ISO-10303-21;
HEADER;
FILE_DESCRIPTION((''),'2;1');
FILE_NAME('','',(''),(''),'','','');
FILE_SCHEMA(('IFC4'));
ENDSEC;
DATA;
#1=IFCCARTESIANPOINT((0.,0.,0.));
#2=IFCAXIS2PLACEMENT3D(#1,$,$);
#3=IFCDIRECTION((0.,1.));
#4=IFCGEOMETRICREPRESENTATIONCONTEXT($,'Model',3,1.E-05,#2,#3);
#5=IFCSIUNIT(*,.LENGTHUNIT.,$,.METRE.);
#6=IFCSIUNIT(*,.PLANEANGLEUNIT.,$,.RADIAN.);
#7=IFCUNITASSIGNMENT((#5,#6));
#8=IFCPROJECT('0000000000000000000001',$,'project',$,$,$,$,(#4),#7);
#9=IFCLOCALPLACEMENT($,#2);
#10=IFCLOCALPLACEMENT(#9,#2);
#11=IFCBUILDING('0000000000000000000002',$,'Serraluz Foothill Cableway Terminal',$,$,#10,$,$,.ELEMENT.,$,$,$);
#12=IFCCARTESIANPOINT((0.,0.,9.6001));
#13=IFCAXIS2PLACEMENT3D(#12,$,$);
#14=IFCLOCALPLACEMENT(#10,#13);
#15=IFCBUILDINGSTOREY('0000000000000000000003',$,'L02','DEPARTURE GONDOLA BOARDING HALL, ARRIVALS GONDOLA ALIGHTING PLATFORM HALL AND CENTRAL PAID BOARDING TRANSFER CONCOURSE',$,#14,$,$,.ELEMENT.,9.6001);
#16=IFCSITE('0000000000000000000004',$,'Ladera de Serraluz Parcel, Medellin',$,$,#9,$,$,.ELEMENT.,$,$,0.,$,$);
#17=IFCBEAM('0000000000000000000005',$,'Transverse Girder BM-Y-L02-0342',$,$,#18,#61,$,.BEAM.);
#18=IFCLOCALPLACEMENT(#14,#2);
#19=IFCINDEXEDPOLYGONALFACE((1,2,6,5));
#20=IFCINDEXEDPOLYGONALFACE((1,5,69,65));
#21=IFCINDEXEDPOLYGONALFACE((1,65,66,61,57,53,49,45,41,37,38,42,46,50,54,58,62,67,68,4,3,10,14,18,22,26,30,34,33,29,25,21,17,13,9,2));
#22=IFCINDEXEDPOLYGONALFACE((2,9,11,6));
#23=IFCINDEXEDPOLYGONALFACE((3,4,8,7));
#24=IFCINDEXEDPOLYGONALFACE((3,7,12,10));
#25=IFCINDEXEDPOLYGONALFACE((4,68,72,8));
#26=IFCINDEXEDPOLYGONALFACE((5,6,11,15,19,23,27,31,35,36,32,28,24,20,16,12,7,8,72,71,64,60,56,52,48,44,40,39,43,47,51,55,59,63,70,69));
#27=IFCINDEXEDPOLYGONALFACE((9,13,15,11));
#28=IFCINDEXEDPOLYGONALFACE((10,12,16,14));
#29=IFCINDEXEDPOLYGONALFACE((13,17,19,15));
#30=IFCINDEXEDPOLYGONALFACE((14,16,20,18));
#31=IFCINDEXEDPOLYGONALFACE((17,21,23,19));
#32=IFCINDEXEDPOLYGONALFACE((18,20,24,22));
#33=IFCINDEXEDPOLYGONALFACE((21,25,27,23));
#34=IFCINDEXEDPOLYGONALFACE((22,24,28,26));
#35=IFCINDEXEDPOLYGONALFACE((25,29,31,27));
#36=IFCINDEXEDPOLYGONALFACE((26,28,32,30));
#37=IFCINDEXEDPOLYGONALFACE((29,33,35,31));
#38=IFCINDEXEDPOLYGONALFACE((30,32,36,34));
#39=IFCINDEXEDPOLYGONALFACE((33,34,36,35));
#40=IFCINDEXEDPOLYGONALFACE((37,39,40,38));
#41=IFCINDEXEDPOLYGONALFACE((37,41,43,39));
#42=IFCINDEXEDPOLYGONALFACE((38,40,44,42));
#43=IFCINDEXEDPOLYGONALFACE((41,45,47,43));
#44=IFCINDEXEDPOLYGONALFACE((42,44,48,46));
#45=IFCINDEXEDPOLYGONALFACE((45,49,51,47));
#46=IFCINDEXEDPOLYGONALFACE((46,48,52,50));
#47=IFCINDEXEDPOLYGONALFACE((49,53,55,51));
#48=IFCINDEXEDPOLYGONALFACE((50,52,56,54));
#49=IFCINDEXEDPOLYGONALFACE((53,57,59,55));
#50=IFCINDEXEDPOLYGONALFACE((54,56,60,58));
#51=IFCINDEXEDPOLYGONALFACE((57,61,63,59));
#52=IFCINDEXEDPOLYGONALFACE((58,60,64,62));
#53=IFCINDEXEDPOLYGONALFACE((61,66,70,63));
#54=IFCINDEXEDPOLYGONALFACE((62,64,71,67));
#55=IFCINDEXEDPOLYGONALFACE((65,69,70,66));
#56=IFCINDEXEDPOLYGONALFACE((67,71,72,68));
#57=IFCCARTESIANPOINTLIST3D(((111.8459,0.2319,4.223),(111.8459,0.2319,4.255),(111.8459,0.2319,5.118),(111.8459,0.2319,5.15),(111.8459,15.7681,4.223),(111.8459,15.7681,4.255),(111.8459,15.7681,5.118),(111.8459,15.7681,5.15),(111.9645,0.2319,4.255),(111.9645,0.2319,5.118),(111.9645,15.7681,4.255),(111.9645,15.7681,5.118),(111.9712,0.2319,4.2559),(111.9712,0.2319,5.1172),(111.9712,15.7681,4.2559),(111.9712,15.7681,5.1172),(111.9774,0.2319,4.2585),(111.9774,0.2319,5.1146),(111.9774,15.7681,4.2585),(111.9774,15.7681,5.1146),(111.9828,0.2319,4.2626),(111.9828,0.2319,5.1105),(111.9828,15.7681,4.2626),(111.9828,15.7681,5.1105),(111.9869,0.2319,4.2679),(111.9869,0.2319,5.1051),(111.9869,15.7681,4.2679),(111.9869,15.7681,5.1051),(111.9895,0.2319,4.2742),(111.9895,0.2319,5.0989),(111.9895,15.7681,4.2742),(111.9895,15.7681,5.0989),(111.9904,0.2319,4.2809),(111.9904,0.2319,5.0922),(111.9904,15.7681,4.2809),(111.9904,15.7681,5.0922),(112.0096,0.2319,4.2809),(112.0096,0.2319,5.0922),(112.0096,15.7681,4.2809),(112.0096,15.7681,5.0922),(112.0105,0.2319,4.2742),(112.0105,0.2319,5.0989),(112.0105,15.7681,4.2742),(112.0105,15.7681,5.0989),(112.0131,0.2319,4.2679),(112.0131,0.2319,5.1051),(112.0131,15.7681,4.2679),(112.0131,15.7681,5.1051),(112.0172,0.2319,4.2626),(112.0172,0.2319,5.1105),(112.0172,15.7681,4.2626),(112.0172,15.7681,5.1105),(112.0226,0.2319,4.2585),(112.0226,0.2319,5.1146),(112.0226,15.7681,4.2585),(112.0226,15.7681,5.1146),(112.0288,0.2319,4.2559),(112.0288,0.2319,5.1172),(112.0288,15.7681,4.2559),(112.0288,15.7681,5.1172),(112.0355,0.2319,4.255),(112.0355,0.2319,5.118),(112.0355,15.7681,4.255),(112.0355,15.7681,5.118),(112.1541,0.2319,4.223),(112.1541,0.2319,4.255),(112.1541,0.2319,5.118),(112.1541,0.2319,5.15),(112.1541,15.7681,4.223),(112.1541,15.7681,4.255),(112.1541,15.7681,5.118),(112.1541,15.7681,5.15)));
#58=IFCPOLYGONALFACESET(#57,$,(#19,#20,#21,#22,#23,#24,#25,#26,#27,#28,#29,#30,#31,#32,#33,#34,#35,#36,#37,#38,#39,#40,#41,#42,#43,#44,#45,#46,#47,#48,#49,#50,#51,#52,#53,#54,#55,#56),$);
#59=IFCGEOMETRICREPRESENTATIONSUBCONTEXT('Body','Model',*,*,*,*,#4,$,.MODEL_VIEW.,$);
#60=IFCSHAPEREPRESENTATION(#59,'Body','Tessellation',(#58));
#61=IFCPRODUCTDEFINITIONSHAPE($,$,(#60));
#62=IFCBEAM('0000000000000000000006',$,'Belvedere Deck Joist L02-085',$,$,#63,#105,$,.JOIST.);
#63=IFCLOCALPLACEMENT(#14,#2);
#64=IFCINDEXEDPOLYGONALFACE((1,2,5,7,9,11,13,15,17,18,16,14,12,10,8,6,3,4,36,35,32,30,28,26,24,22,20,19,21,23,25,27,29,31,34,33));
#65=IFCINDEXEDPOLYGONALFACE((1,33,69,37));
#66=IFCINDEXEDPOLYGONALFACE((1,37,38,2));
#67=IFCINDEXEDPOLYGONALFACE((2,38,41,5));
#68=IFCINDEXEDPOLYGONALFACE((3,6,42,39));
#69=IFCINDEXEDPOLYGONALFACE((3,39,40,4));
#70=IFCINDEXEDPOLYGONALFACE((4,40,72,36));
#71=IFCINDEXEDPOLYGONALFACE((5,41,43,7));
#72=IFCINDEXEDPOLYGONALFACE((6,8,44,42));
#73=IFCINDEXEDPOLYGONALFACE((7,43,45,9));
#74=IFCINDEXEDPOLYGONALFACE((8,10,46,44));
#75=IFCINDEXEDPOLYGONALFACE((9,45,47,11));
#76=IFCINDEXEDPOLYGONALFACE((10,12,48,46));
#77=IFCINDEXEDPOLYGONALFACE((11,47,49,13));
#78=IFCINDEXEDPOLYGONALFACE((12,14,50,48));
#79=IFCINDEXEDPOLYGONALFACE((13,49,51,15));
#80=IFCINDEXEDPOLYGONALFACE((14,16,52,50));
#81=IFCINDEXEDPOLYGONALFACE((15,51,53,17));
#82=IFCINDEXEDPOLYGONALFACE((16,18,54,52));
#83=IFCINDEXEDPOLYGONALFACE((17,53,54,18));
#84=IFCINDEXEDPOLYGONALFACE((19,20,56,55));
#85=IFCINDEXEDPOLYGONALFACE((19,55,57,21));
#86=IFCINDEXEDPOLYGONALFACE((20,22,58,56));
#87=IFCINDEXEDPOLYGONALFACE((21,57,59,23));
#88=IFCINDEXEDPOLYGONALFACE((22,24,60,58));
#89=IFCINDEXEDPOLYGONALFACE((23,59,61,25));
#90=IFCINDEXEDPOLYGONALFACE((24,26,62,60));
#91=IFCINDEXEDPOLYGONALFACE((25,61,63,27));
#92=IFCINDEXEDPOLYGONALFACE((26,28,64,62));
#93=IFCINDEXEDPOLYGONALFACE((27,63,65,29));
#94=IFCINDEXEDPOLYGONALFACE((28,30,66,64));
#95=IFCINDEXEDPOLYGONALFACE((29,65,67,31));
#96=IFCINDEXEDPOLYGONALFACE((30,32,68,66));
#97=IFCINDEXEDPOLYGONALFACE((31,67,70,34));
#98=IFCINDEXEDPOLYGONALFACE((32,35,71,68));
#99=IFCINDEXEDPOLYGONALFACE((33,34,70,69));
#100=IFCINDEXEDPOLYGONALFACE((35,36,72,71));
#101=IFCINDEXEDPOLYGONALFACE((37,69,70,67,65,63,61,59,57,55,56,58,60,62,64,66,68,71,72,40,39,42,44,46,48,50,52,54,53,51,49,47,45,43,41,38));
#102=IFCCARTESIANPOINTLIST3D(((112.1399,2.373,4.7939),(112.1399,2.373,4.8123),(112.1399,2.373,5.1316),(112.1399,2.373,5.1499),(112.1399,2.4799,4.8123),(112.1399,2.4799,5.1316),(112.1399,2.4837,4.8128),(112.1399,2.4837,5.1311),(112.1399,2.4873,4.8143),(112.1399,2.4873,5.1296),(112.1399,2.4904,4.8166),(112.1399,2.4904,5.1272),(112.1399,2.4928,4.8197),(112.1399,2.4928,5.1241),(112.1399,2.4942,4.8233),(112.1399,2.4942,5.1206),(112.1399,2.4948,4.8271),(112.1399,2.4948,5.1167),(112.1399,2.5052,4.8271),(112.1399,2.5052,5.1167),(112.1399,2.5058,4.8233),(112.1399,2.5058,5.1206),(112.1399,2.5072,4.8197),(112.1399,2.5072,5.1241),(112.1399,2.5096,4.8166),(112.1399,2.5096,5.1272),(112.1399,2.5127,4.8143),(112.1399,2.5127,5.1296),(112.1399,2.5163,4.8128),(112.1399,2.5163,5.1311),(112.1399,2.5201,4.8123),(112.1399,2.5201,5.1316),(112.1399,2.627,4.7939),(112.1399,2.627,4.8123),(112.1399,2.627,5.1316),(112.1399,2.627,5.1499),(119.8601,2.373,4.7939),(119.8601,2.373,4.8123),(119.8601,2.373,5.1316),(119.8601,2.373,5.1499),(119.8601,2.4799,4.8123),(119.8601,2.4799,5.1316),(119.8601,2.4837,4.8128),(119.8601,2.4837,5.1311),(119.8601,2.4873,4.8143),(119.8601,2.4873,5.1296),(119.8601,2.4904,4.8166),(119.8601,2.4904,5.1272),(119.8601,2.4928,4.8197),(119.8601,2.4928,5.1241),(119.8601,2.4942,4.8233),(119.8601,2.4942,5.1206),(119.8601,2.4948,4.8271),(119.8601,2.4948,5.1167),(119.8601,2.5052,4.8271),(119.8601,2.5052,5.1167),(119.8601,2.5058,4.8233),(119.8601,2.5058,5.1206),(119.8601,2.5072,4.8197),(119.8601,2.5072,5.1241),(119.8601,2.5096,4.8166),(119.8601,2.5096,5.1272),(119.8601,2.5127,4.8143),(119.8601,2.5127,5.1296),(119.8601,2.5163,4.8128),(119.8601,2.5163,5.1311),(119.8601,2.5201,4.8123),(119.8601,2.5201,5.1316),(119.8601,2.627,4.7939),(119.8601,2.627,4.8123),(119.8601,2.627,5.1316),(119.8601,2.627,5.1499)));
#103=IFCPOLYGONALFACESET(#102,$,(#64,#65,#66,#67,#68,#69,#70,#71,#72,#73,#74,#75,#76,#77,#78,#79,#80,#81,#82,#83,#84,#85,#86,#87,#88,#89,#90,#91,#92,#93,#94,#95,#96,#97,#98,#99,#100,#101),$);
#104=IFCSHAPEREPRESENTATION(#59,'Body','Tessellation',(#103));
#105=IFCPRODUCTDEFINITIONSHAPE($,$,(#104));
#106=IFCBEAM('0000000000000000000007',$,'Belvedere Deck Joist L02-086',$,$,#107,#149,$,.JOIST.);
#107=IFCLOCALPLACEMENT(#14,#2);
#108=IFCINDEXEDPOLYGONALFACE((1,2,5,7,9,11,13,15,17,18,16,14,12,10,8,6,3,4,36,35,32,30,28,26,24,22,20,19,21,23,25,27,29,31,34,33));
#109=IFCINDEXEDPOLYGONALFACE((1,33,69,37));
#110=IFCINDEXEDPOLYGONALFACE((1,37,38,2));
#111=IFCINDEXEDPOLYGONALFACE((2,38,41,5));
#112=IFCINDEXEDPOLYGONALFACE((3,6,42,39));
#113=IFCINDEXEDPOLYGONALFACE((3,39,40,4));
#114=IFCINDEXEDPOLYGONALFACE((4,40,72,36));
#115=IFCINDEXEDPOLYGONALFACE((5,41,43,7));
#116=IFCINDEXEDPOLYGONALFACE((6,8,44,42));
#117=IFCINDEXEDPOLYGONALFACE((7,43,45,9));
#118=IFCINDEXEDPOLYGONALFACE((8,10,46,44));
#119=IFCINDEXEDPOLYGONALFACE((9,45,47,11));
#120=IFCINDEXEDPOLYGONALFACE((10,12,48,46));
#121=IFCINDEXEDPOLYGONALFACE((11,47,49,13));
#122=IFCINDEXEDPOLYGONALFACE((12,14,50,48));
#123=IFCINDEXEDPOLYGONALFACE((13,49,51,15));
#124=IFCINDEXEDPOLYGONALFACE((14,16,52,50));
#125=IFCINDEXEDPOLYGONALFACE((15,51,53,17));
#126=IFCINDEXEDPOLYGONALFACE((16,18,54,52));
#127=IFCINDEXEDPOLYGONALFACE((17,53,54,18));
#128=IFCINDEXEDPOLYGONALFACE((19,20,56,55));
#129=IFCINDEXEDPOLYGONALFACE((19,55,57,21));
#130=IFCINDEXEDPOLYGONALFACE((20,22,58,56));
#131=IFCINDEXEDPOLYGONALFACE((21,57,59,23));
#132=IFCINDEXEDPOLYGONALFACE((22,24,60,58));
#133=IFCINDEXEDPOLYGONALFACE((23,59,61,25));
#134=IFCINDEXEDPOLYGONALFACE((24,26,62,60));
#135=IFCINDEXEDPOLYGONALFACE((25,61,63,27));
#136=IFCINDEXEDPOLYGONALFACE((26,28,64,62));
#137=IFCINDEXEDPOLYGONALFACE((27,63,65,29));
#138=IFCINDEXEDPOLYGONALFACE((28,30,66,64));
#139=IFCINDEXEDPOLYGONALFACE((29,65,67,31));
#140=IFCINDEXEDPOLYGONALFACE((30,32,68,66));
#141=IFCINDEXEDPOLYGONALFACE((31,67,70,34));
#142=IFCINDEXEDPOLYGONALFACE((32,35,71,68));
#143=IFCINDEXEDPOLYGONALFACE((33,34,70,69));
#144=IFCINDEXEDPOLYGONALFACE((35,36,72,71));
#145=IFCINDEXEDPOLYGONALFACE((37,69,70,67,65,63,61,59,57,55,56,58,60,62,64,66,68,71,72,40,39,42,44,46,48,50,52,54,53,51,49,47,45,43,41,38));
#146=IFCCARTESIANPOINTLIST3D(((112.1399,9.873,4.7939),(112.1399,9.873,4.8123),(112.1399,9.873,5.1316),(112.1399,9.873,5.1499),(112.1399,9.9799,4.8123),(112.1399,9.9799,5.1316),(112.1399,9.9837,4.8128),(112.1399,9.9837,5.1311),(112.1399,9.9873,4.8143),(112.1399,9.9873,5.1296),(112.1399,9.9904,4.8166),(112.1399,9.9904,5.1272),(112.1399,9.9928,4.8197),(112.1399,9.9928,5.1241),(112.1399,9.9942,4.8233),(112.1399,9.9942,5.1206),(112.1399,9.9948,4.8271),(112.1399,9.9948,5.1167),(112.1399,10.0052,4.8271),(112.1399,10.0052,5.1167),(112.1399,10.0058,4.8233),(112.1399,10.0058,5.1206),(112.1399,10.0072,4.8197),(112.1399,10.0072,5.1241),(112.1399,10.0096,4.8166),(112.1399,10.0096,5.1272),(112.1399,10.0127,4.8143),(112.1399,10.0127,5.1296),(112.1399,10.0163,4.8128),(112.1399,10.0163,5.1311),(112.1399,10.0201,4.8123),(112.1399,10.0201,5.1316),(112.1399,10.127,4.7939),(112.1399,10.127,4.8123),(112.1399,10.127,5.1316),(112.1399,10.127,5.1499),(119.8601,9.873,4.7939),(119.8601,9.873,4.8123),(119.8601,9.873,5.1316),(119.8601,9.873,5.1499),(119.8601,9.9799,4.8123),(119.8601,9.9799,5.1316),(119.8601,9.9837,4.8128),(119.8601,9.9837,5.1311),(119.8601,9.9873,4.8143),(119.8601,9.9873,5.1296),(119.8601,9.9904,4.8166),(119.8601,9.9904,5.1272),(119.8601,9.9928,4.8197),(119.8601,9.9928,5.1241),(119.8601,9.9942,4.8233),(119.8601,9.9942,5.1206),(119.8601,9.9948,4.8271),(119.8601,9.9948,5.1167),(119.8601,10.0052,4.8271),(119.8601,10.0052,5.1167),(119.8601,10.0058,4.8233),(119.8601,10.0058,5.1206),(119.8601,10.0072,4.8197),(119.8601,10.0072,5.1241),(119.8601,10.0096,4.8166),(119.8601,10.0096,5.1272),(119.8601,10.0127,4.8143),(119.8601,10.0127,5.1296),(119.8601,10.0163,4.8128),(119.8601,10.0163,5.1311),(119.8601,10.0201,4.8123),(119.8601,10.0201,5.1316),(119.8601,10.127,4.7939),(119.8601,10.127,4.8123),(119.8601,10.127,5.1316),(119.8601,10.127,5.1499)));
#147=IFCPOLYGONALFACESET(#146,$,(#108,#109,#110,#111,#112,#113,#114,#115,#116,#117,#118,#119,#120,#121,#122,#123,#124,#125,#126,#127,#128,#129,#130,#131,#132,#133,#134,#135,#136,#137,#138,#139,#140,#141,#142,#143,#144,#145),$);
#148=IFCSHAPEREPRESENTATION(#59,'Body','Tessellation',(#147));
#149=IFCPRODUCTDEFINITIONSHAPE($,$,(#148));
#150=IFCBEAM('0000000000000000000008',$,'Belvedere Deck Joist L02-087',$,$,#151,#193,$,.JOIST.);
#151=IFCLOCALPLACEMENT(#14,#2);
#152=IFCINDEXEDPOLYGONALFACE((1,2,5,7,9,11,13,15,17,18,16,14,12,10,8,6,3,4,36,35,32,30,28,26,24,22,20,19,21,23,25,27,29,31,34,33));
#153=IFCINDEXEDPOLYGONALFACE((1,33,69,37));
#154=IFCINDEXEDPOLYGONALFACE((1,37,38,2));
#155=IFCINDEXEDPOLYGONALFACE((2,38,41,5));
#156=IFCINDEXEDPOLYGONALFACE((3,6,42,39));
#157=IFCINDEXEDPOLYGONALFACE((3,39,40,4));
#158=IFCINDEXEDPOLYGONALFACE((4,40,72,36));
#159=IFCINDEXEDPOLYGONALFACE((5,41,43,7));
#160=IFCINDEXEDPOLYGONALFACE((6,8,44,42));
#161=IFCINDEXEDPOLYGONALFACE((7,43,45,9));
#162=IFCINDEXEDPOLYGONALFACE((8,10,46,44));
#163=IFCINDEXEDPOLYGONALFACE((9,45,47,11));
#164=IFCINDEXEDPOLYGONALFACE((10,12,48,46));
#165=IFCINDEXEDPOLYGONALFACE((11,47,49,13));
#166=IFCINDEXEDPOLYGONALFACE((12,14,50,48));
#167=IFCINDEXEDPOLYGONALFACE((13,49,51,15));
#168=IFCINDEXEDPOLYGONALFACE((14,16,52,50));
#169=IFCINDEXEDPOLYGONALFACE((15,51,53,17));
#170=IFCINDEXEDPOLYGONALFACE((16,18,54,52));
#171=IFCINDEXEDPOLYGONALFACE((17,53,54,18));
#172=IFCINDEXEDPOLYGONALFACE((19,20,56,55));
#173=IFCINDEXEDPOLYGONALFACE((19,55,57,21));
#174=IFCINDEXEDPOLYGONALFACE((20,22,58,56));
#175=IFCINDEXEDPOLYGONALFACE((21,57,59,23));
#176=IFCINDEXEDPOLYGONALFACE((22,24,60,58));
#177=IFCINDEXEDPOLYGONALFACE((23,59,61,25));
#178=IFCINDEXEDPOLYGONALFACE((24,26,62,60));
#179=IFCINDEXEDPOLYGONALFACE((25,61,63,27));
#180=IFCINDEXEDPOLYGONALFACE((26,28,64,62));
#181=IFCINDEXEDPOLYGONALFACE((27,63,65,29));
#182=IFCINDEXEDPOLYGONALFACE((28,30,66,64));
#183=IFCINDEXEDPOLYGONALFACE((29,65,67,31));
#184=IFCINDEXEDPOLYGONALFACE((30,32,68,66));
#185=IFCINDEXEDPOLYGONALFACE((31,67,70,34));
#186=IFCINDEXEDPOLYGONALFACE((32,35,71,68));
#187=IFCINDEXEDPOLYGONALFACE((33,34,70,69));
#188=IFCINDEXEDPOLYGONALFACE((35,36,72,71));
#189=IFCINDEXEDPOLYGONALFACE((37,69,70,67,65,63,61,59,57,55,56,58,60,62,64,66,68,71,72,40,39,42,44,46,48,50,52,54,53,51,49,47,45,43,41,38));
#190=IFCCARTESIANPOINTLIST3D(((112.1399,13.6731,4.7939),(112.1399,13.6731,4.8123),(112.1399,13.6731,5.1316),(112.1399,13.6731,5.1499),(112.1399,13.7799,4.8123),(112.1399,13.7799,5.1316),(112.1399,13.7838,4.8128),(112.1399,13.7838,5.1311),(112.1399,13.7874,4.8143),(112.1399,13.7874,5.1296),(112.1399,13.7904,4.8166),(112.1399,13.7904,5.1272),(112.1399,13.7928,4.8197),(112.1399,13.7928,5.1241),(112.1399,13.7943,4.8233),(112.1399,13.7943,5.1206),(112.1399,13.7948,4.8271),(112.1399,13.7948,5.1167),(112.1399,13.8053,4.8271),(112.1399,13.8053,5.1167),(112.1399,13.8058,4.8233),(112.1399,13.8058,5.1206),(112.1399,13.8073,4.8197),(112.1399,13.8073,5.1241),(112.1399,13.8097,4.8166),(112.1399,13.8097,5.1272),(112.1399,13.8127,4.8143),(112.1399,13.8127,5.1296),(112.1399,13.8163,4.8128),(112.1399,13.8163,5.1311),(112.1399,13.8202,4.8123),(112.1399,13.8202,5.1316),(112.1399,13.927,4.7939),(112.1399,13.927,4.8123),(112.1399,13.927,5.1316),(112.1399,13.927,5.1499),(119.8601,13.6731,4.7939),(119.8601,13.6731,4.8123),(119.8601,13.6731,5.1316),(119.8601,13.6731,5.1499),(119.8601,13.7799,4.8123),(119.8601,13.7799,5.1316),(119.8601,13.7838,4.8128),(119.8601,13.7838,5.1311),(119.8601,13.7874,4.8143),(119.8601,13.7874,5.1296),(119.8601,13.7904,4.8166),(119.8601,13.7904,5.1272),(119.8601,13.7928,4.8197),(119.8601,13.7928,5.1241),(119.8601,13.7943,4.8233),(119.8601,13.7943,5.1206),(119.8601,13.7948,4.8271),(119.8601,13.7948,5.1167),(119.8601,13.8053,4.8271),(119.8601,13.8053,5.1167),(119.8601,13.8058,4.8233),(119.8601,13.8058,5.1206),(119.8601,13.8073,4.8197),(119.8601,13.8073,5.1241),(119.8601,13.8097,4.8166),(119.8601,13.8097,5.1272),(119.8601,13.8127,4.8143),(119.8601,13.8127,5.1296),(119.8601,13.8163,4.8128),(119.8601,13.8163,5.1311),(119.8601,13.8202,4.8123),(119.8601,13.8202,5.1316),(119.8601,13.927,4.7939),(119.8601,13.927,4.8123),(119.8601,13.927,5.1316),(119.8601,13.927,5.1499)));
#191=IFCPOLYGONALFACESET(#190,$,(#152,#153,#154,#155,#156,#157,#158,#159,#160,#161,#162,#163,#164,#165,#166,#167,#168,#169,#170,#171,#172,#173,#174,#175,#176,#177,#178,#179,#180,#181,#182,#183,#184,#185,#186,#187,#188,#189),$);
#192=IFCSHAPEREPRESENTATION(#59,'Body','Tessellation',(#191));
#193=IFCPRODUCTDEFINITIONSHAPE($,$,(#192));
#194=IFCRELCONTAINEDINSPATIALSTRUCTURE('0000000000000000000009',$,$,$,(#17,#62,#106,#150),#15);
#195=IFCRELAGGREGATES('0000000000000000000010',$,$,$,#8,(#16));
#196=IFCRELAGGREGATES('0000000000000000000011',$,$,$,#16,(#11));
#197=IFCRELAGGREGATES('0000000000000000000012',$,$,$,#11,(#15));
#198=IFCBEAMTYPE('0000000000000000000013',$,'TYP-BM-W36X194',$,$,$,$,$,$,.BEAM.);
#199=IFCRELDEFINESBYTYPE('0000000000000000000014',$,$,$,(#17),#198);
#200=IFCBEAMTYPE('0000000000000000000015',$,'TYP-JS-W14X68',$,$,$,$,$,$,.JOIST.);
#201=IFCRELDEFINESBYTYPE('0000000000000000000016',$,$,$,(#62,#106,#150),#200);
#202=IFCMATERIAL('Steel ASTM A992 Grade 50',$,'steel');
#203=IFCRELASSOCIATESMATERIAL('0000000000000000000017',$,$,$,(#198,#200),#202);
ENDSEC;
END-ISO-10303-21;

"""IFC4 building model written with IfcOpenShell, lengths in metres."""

from ifc_helpers import new_model, si_unit, direction, frame, origin, origin_2d, place, context, subcontext, project, spatial, i_section, extrude, material, material_profile, profile_set, type_object, element, save


model = new_model("IFC4")

# Units and contexts
model_context = context("Model", 3, precision=1e-05, world=origin(), true_north=direction((0.0, 1.0)))
body_context = subcontext(model_context, "Body", "Model", "MODEL_VIEW")
ifc_project = project(units=[si_unit("LENGTHUNIT", "METRE"), si_unit("PLANEANGLEUNIT", "RADIAN")], contexts=[model_context])

# Site, building, storey
site_placement = place(None, origin())
site = spatial("IfcSite", under=ifc_project, at=site_placement, Name="Ladera de Serraluz Parcel, Medellin", CompositionType="ELEMENT", RefElevation=0.0)
building_placement = place(site_placement, origin())
building = spatial("IfcBuilding", under=site, at=building_placement, Name="Serraluz Foothill Cableway Terminal", CompositionType="ELEMENT")
storey_placement = place(building_placement, frame((0.0, 0.0, 9.6001)))
storey = spatial("IfcBuildingStorey", under=building, at=storey_placement, Name="L02", Description="DEPARTURE GONDOLA BOARDING HALL, ARRIVALS GONDOLA ALIGHTING PLATFORM HALL AND CENTRAL PAID BOARDING TRANSFER CONCOURSE", CompositionType="ELEMENT", Elevation=9.6001)

# Shared definitions
ifc_material_1 = material(Name="Steel ASTM A992 Grade 50", Category="steel")

# Beams
ifc_material_profile_1 = material_profile(ifc_material_1, i_section(OverallWidth=0.3081, OverallDepth=0.927, WebThickness=0.0193, FlangeThickness=0.032, FilletRadius=0.0259, at=origin_2d()), Name="W36X194")
ifc_profile_set_1 = profile_set([ifc_material_profile_1], Name="Steel ASTM A992 Grade 50")
beam_type_1 = type_object("IfcBeamType", Name="TYP-BM-W36X194", PredefinedType="BEAM", material=ifc_profile_set_1)
beam_placement = place(storey_placement, frame((112.0, 0.2319, 4.6865), z_axis=(0.0, 1.0, 0.0), x_axis=(-1.0, 0.0, 0.0)))
element("IfcBeam", 1, at=beam_placement, inside=storey, type_object=beam_type_1, Name="Transverse Girder BM-Y-L02-0342", PredefinedType="BEAM", context=body_context, shape_type="SweptSolid", body=[
    extrude(i_section(OverallWidth=0.3081, OverallDepth=0.927, WebThickness=0.0193, FlangeThickness=0.032, FilletRadius=0.0259, at=origin_2d()), origin(), (0.0, 0.0, 1.0), 15.5361),
])
ifc_material_profile_2 = material_profile(ifc_material_1, i_section(OverallWidth=0.2539, OverallDepth=0.356, WebThickness=0.0105, FlangeThickness=0.0183, FilletRadius=0.0149, at=origin_2d()), Name="W14X68")
ifc_profile_set_2 = profile_set([ifc_material_profile_2], Name="Steel ASTM A992 Grade 50")
beam_type_2 = type_object("IfcBeamType", Name="TYP-JS-W14X68", PredefinedType="JOIST", material=ifc_profile_set_2)
for number, where, z_axis, x_axis, name in (
    (2, (112.1399, 2.5, 4.9719), (1.0, 0.0, 0.0), (0.0, 1.0, 0.0), "Belvedere Deck Joist L02-085"),
    (3, (112.1399, 10.0, 4.9719), (1.0, 0.0, 0.0), (0.0, 1.0, 0.0), "Belvedere Deck Joist L02-086"),
    (4, (112.1399, 13.8, 4.9719), (1.0, 0.0, 0.0), (0.0, 1.0, 0.0), "Belvedere Deck Joist L02-087"),
):
    element("IfcBeam", number, at=place(storey_placement, frame(where, z_axis=z_axis, x_axis=x_axis)), inside=storey, type_object=beam_type_2, Name=name, PredefinedType="JOIST", context=body_context, shape_type="SweptSolid", body=[
        extrude(i_section(OverallWidth=0.2539, OverallDepth=0.356, WebThickness=0.0105, FlangeThickness=0.0183, FilletRadius=0.0149, at=origin_2d()), origin(), (0.0, 0.0, 1.0), 7.7202),
    ])

save(model, "model.ifc")
